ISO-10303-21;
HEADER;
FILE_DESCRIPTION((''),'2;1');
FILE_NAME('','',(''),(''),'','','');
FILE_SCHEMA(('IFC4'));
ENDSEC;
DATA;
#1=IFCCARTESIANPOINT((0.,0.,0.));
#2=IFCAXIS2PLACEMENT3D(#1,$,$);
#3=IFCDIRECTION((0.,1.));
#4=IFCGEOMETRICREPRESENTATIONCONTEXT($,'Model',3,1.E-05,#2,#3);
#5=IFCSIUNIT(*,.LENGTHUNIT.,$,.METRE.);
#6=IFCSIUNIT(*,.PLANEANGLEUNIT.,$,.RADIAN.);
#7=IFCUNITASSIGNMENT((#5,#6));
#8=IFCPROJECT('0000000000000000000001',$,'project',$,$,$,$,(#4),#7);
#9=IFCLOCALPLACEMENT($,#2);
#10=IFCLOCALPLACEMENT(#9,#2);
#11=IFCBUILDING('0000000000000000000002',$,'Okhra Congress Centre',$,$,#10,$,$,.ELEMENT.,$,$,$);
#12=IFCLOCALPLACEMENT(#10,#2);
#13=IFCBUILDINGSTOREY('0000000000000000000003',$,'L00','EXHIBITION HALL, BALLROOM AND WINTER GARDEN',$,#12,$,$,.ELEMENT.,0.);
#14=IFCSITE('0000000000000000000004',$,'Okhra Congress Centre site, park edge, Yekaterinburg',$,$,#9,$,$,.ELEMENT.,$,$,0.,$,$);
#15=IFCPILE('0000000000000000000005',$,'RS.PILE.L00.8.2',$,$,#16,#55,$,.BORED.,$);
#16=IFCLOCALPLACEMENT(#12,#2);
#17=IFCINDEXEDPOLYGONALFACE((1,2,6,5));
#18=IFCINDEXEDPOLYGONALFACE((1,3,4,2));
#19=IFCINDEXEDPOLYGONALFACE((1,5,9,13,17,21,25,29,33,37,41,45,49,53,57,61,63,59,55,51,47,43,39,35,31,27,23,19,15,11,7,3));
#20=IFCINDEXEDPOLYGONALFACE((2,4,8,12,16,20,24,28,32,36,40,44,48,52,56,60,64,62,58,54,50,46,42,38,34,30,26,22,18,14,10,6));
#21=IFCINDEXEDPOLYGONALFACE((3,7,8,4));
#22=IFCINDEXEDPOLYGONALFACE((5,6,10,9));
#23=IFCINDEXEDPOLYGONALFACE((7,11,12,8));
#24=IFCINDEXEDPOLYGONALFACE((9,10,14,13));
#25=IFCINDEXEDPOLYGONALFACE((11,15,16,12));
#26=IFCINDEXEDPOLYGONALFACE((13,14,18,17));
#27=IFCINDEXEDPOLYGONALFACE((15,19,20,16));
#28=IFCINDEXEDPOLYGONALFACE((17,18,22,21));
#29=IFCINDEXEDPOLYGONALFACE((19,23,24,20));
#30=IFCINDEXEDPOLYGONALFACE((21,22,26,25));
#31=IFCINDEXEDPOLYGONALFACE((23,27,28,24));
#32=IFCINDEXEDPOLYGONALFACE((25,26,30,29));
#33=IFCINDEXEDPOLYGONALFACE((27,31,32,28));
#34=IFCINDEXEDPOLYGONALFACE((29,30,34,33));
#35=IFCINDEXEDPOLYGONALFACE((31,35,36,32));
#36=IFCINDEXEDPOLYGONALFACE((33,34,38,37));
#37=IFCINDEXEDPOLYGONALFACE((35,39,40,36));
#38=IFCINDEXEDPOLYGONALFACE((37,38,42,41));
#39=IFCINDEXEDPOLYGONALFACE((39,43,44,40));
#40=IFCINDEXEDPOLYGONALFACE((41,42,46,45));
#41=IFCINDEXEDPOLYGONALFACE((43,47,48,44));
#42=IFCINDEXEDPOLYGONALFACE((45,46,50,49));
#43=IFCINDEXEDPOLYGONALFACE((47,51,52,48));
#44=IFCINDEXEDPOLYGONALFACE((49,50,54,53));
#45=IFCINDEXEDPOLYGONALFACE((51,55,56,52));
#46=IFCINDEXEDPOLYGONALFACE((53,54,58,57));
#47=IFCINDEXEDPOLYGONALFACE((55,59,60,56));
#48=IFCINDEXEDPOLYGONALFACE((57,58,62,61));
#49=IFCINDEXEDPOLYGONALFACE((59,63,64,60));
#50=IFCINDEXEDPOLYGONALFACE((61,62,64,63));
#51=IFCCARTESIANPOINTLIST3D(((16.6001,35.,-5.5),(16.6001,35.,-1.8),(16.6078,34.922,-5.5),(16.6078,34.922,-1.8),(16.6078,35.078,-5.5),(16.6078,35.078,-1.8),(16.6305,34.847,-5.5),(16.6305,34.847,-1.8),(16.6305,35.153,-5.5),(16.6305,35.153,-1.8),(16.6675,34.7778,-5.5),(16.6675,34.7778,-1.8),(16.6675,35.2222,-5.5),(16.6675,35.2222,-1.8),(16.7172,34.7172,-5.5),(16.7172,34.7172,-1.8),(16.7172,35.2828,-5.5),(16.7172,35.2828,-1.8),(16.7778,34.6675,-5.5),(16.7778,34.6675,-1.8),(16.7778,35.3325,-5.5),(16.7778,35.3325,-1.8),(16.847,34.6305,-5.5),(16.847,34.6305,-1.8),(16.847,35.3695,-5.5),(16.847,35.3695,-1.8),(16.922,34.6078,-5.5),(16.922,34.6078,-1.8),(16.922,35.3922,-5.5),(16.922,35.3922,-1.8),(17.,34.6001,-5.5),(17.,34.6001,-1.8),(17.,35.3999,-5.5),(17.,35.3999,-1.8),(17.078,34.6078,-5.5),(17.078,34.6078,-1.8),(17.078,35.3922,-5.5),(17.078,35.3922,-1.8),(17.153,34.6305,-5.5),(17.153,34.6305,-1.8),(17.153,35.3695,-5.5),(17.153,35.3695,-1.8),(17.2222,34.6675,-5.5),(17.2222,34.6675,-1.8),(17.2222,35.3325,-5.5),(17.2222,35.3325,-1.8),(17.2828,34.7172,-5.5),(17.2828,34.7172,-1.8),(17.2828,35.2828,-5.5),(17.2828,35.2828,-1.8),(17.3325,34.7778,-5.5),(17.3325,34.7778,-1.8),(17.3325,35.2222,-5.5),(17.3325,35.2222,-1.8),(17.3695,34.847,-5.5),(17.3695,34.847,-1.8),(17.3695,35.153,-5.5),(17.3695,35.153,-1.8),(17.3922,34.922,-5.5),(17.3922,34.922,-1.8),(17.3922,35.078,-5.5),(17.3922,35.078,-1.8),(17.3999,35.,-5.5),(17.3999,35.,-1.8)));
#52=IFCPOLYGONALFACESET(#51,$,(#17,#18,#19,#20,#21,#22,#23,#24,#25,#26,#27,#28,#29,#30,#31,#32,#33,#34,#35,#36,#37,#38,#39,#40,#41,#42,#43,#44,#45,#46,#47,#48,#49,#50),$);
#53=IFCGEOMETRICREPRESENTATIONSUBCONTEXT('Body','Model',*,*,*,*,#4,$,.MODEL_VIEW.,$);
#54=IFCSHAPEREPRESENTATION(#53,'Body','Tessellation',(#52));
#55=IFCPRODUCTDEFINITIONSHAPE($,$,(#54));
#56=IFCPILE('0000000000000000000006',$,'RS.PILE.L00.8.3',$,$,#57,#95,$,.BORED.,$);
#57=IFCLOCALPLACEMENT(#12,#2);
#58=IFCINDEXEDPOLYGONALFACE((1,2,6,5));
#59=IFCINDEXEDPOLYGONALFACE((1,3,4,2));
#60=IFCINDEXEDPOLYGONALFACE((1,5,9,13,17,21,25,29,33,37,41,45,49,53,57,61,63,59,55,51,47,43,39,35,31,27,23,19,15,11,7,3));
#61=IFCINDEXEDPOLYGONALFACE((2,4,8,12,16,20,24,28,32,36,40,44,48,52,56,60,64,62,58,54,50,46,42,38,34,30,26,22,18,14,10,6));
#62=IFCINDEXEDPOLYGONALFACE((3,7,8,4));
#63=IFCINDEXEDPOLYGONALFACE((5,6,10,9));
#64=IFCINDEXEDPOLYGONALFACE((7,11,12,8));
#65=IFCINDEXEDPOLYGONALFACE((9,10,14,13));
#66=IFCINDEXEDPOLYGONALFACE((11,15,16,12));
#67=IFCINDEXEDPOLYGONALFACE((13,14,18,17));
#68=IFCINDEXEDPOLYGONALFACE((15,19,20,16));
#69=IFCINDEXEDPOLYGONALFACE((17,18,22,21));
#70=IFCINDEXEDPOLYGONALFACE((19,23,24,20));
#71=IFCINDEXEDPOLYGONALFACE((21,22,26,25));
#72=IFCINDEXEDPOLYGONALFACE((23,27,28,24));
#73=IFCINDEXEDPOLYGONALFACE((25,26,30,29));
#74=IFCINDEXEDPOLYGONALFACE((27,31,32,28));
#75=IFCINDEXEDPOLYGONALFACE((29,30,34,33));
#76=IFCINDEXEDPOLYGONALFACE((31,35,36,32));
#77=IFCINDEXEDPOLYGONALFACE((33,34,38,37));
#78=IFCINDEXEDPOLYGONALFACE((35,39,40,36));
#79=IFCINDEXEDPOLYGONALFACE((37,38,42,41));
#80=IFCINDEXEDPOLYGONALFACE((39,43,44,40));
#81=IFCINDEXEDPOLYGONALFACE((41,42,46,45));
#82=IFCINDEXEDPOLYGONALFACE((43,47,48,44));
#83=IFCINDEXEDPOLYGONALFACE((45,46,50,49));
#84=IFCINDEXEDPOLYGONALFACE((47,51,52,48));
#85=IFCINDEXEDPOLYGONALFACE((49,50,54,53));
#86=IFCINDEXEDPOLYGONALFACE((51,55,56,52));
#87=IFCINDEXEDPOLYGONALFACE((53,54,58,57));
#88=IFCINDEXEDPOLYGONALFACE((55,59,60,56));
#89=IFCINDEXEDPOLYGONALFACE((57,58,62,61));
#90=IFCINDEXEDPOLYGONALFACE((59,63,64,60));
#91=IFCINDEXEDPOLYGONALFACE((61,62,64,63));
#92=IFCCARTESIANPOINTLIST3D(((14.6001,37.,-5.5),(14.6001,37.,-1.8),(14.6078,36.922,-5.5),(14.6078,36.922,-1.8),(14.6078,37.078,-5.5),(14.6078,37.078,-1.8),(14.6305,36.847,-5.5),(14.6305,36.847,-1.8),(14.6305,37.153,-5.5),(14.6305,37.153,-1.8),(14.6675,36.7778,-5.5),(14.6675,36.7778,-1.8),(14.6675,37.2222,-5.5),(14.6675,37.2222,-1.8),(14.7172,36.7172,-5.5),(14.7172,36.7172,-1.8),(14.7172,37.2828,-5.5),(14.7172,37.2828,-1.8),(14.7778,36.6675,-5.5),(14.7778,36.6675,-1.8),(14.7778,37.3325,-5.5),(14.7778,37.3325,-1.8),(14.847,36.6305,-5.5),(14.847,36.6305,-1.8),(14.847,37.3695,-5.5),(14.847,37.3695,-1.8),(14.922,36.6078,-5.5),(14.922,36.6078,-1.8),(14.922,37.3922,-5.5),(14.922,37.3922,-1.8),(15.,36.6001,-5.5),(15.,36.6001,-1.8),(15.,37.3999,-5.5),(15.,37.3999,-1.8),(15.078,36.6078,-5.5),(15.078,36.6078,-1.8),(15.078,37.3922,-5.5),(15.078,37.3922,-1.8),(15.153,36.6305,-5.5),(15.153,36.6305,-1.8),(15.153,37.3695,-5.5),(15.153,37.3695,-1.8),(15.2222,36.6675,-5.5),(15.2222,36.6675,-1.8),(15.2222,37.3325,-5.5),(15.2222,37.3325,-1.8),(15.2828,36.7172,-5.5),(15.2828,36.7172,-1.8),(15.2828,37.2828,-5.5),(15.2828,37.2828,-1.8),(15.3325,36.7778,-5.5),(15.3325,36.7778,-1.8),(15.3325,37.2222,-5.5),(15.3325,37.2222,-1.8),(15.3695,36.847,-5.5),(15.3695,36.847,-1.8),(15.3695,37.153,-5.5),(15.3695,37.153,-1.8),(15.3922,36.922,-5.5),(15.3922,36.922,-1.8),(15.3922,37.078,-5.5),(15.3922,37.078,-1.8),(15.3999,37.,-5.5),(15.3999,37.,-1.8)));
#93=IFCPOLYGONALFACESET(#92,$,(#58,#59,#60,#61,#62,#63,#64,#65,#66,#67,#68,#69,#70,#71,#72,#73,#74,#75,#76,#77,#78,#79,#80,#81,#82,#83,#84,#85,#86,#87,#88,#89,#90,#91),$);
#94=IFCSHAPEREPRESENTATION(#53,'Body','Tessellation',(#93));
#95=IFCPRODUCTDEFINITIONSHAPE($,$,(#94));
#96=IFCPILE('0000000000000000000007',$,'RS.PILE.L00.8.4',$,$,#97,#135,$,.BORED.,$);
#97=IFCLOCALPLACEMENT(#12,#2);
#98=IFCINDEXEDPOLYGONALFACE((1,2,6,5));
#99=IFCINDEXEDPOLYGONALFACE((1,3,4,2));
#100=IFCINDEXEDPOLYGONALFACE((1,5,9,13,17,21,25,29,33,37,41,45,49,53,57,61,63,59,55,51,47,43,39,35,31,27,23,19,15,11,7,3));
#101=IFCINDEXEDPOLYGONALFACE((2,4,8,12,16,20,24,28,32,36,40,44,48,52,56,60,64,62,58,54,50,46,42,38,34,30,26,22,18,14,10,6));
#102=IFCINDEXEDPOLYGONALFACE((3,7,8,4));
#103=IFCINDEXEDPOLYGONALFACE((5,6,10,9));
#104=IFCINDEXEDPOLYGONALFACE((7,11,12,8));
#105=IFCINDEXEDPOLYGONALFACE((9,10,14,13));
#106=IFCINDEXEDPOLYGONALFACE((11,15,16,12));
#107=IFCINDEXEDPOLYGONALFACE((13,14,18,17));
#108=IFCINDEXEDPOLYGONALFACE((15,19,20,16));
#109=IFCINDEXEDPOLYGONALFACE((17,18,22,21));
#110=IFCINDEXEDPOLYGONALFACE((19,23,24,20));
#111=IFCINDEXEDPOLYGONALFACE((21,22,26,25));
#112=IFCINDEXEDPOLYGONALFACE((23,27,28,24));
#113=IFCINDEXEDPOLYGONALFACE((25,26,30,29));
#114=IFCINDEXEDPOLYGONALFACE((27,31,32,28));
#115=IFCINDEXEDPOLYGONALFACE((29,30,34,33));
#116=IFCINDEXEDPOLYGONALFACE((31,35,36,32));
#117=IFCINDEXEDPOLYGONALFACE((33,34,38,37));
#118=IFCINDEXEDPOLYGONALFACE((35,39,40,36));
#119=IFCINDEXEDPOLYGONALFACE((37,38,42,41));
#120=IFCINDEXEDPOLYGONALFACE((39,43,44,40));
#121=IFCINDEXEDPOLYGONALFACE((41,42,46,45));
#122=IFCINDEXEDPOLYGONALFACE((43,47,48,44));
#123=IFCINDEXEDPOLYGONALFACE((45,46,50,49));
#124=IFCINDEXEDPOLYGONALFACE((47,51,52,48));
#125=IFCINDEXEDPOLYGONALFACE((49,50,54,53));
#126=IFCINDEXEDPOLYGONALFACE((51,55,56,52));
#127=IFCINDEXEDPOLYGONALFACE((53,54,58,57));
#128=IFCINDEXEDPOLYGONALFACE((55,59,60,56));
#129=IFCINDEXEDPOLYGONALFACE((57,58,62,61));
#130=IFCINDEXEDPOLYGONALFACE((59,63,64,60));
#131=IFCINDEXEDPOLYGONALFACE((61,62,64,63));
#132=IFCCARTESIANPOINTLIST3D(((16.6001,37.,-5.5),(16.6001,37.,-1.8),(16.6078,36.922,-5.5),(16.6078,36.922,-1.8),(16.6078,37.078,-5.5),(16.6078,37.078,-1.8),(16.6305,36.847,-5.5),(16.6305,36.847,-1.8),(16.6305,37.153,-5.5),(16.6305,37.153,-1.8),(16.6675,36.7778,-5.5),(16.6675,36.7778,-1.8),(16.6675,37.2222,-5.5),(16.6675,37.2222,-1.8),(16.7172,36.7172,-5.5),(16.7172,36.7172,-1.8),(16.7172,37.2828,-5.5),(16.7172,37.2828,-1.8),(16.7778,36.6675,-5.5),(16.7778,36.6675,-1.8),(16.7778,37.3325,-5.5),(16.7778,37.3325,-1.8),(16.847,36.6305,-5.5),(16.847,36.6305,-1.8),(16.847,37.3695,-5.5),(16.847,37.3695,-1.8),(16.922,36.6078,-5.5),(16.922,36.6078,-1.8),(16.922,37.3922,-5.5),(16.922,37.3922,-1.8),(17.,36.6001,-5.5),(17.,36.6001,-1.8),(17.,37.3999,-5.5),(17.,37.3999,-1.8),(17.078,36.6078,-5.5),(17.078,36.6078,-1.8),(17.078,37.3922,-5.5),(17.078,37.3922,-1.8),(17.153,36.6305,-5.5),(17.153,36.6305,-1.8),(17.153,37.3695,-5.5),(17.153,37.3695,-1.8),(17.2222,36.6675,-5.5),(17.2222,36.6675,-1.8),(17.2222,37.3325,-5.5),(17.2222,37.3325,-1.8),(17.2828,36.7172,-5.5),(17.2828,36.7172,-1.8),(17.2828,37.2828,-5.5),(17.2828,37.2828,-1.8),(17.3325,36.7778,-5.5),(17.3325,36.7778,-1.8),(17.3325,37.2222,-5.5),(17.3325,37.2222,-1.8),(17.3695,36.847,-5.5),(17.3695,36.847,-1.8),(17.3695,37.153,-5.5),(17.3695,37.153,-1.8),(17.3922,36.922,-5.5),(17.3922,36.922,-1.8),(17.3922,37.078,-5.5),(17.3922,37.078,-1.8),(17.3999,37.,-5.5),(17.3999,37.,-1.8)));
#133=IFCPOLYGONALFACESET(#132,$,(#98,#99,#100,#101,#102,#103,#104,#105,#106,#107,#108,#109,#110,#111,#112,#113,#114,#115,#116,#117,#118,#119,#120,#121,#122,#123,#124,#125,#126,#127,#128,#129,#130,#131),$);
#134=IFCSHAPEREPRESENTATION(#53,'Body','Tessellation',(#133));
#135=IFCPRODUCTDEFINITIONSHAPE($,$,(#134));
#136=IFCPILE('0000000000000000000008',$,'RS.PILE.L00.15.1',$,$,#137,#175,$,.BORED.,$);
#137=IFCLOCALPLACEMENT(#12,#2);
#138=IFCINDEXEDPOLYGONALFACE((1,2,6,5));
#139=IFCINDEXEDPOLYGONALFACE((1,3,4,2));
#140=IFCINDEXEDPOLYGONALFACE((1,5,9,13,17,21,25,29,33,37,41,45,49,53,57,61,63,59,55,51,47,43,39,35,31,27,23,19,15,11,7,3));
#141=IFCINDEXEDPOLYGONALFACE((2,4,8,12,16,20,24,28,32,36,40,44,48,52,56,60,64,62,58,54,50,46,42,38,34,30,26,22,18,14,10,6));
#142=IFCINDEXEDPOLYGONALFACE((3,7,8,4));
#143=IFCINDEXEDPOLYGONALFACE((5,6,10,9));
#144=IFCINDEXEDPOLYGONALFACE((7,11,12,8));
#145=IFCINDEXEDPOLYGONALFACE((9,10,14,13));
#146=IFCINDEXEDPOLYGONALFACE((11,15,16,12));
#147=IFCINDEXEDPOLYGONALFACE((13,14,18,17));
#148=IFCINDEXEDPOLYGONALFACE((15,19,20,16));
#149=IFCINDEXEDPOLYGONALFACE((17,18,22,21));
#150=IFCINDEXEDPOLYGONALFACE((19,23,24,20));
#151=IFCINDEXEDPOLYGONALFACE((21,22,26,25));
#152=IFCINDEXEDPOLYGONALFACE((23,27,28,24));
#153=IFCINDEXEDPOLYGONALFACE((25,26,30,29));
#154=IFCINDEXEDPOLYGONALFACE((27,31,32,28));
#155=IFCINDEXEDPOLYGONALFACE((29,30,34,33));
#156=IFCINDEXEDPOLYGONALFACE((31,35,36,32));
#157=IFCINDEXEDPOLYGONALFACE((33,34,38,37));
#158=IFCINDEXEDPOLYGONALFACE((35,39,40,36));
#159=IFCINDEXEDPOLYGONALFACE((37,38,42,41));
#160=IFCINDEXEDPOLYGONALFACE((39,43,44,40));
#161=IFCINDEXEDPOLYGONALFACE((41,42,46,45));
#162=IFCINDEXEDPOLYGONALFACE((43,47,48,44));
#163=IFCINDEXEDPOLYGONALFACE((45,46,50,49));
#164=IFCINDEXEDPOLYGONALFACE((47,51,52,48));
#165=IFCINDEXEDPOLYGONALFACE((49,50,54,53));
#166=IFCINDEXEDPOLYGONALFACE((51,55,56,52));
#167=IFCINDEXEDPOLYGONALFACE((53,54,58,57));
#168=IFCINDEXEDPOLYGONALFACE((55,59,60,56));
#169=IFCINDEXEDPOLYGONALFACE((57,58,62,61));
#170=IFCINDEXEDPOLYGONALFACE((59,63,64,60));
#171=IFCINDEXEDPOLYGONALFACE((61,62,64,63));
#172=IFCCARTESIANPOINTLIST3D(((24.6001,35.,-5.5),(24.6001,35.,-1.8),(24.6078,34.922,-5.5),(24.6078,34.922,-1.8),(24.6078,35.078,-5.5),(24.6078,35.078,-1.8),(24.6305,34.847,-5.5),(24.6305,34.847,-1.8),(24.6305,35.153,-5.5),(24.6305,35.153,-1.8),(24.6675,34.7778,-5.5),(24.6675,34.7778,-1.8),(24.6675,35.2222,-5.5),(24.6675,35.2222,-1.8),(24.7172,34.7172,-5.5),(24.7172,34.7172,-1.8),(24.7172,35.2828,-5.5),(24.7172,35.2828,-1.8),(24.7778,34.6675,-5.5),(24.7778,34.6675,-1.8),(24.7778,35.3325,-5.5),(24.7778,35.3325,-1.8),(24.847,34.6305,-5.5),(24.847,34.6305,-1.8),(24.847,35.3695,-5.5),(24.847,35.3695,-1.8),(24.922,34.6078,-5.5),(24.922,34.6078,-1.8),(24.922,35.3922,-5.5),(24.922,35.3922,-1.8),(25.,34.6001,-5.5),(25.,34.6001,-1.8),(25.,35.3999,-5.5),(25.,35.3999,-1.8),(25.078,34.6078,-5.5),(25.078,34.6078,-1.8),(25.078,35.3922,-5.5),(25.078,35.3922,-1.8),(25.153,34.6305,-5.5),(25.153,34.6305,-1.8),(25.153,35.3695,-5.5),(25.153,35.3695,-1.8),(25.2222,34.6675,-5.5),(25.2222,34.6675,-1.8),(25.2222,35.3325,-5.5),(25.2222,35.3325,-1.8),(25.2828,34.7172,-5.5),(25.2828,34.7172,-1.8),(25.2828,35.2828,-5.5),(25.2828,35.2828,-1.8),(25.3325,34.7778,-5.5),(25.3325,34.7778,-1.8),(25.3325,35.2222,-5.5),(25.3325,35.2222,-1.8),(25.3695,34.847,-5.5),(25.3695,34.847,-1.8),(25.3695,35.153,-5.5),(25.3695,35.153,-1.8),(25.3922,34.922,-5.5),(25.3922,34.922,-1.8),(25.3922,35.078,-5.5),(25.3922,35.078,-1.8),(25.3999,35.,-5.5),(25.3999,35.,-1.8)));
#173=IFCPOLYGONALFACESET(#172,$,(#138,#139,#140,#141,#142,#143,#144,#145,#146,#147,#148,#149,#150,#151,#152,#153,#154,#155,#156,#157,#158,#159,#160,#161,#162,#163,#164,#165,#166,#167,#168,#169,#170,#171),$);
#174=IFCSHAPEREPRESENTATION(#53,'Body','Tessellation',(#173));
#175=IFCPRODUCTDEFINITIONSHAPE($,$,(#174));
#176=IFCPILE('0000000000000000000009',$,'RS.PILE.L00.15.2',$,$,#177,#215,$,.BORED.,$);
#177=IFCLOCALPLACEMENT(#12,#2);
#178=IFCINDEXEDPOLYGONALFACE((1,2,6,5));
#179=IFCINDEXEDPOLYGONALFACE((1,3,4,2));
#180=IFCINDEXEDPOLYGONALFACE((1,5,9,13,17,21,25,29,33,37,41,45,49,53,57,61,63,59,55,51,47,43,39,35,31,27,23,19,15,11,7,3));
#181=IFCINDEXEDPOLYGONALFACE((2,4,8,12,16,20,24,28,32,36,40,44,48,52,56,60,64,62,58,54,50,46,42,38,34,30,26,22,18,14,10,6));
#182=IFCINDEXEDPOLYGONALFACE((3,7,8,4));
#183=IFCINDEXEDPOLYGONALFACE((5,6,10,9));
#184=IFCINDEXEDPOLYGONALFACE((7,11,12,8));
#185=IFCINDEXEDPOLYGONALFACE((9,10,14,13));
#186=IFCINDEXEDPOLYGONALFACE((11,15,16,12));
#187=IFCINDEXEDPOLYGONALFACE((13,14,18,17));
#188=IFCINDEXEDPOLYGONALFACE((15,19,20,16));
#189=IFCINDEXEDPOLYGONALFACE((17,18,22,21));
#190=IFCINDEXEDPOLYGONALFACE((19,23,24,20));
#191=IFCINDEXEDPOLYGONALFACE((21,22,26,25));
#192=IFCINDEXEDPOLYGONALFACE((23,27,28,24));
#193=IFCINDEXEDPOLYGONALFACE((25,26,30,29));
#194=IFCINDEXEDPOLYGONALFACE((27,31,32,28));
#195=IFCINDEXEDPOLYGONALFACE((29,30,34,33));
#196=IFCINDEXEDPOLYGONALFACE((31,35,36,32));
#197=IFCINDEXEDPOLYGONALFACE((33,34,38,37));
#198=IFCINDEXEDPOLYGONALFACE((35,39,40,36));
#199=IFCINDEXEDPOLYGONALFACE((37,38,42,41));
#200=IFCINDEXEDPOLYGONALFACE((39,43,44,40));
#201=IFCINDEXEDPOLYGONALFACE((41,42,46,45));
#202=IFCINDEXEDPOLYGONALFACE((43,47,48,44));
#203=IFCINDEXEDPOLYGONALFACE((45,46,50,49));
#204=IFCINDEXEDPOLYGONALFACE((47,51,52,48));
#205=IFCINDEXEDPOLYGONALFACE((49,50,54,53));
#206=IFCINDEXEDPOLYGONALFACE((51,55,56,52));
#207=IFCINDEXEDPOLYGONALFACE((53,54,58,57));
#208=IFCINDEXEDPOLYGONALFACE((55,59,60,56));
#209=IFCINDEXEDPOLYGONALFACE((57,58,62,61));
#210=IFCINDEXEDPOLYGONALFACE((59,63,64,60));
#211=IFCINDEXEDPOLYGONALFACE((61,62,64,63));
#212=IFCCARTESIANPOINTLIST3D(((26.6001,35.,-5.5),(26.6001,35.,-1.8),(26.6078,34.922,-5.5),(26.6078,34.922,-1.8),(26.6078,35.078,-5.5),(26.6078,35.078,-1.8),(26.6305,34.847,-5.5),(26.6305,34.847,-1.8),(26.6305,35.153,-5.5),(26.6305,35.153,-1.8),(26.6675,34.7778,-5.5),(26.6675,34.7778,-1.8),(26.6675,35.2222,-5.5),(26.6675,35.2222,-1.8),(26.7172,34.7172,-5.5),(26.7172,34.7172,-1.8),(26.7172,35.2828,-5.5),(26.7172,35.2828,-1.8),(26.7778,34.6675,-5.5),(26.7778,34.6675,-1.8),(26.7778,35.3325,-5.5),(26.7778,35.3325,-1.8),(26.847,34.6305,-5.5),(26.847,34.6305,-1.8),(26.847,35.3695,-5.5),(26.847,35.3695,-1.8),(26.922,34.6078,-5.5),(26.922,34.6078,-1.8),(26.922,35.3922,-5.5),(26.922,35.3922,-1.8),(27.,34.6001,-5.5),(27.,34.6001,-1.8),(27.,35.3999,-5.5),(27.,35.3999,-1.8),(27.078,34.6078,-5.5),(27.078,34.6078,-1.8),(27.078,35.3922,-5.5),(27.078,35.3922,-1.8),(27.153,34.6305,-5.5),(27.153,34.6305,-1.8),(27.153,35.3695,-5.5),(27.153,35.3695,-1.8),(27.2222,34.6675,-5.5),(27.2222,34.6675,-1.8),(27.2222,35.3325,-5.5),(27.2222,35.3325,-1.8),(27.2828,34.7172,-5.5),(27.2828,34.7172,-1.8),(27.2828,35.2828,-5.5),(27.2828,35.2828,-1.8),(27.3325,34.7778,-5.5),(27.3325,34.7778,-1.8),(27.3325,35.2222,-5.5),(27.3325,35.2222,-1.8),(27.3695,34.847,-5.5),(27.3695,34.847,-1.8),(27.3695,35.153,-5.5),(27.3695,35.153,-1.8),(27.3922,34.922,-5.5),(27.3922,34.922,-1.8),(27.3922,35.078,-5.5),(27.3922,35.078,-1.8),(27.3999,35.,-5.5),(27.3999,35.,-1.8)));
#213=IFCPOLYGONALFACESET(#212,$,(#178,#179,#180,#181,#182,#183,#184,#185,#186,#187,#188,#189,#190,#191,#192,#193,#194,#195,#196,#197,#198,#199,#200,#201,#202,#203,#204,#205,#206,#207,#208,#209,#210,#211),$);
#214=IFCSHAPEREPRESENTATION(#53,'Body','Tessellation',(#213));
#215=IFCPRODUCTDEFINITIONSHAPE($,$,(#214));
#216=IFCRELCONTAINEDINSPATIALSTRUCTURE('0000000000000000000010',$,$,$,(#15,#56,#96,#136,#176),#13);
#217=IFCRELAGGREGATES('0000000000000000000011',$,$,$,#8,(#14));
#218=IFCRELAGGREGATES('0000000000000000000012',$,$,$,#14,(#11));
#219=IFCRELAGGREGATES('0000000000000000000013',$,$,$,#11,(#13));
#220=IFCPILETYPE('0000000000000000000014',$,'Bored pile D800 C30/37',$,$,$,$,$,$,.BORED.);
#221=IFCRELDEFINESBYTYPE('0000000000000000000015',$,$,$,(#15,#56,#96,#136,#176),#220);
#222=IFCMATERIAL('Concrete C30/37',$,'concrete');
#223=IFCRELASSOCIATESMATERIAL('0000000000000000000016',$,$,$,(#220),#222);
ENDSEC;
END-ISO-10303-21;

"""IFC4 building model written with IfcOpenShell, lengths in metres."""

from ifc_helpers import new_model, si_unit, direction, frame, origin, origin_2d, place, context, subcontext, project, spatial, circle, extrude, material, material_profile, profile_set, type_object, element, save


model = new_model("IFC4")

# Units and contexts
model_context = context("Model", 3, precision=1e-05, world=origin(), true_north=direction((0.0, 1.0)))
body_context = subcontext(model_context, "Body", "Model", "MODEL_VIEW")
ifc_project = project(units=[si_unit("LENGTHUNIT", "METRE"), si_unit("PLANEANGLEUNIT", "RADIAN")], contexts=[model_context])

# Site, building, storey
site_placement = place(None, origin())
site = spatial("IfcSite", under=ifc_project, at=site_placement, Name="Okhra Congress Centre site, park edge, Yekaterinburg", CompositionType="ELEMENT", RefElevation=0.0)
building_placement = place(site_placement, origin())
building = spatial("IfcBuilding", under=site, at=building_placement, Name="Okhra Congress Centre", CompositionType="ELEMENT")
storey_placement = place(building_placement, origin())
storey = spatial("IfcBuildingStorey", under=building, at=storey_placement, Name="L00", Description="EXHIBITION HALL, BALLROOM AND WINTER GARDEN", CompositionType="ELEMENT", Elevation=0.0)

# Piles
ifc_material_1 = material(Name="Concrete C30/37", Category="concrete")
ifc_material_profile_1 = material_profile(ifc_material_1, circle(Radius=0.3999, at=origin_2d()), Name="D800")
ifc_profile_set_1 = profile_set([ifc_material_profile_1], Name="Concrete C30/37")
pile_type = type_object("IfcPileType", Name="Bored pile D800 C30/37", PredefinedType="BORED", material=ifc_profile_set_1)
for number, where, z_axis, x_axis, name in (
    (1, (17.0, 35.0, -1.8), (0.0, 0.0, -1.0), (1.0, 0.0, 0.0), "RS.PILE.L00.8.2"),
    (2, (15.0, 37.0, -1.8), (0.0, 0.0, -1.0), (1.0, 0.0, 0.0), "RS.PILE.L00.8.3"),
    (3, (17.0, 37.0, -1.8), (0.0, 0.0, -1.0), (1.0, 0.0, 0.0), "RS.PILE.L00.8.4"),
    (4, (25.0, 35.0, -1.8), (0.0, 0.0, -1.0), (1.0, 0.0, 0.0), "RS.PILE.L00.15.1"),
    (5, (27.0, 35.0, -1.8), (0.0, 0.0, -1.0), (1.0, 0.0, 0.0), "RS.PILE.L00.15.2"),
):
    element("IfcPile", number, at=place(storey_placement, frame(where, z_axis=z_axis, x_axis=x_axis)), inside=storey, type_object=pile_type, Name=name, PredefinedType="BORED", context=body_context, shape_type="SweptSolid", body=[
        extrude(circle(Radius=0.3999, at=origin_2d()), origin(), (0.0, 0.0, 1.0), 3.7),
    ])

save(model, "model.ifc")
